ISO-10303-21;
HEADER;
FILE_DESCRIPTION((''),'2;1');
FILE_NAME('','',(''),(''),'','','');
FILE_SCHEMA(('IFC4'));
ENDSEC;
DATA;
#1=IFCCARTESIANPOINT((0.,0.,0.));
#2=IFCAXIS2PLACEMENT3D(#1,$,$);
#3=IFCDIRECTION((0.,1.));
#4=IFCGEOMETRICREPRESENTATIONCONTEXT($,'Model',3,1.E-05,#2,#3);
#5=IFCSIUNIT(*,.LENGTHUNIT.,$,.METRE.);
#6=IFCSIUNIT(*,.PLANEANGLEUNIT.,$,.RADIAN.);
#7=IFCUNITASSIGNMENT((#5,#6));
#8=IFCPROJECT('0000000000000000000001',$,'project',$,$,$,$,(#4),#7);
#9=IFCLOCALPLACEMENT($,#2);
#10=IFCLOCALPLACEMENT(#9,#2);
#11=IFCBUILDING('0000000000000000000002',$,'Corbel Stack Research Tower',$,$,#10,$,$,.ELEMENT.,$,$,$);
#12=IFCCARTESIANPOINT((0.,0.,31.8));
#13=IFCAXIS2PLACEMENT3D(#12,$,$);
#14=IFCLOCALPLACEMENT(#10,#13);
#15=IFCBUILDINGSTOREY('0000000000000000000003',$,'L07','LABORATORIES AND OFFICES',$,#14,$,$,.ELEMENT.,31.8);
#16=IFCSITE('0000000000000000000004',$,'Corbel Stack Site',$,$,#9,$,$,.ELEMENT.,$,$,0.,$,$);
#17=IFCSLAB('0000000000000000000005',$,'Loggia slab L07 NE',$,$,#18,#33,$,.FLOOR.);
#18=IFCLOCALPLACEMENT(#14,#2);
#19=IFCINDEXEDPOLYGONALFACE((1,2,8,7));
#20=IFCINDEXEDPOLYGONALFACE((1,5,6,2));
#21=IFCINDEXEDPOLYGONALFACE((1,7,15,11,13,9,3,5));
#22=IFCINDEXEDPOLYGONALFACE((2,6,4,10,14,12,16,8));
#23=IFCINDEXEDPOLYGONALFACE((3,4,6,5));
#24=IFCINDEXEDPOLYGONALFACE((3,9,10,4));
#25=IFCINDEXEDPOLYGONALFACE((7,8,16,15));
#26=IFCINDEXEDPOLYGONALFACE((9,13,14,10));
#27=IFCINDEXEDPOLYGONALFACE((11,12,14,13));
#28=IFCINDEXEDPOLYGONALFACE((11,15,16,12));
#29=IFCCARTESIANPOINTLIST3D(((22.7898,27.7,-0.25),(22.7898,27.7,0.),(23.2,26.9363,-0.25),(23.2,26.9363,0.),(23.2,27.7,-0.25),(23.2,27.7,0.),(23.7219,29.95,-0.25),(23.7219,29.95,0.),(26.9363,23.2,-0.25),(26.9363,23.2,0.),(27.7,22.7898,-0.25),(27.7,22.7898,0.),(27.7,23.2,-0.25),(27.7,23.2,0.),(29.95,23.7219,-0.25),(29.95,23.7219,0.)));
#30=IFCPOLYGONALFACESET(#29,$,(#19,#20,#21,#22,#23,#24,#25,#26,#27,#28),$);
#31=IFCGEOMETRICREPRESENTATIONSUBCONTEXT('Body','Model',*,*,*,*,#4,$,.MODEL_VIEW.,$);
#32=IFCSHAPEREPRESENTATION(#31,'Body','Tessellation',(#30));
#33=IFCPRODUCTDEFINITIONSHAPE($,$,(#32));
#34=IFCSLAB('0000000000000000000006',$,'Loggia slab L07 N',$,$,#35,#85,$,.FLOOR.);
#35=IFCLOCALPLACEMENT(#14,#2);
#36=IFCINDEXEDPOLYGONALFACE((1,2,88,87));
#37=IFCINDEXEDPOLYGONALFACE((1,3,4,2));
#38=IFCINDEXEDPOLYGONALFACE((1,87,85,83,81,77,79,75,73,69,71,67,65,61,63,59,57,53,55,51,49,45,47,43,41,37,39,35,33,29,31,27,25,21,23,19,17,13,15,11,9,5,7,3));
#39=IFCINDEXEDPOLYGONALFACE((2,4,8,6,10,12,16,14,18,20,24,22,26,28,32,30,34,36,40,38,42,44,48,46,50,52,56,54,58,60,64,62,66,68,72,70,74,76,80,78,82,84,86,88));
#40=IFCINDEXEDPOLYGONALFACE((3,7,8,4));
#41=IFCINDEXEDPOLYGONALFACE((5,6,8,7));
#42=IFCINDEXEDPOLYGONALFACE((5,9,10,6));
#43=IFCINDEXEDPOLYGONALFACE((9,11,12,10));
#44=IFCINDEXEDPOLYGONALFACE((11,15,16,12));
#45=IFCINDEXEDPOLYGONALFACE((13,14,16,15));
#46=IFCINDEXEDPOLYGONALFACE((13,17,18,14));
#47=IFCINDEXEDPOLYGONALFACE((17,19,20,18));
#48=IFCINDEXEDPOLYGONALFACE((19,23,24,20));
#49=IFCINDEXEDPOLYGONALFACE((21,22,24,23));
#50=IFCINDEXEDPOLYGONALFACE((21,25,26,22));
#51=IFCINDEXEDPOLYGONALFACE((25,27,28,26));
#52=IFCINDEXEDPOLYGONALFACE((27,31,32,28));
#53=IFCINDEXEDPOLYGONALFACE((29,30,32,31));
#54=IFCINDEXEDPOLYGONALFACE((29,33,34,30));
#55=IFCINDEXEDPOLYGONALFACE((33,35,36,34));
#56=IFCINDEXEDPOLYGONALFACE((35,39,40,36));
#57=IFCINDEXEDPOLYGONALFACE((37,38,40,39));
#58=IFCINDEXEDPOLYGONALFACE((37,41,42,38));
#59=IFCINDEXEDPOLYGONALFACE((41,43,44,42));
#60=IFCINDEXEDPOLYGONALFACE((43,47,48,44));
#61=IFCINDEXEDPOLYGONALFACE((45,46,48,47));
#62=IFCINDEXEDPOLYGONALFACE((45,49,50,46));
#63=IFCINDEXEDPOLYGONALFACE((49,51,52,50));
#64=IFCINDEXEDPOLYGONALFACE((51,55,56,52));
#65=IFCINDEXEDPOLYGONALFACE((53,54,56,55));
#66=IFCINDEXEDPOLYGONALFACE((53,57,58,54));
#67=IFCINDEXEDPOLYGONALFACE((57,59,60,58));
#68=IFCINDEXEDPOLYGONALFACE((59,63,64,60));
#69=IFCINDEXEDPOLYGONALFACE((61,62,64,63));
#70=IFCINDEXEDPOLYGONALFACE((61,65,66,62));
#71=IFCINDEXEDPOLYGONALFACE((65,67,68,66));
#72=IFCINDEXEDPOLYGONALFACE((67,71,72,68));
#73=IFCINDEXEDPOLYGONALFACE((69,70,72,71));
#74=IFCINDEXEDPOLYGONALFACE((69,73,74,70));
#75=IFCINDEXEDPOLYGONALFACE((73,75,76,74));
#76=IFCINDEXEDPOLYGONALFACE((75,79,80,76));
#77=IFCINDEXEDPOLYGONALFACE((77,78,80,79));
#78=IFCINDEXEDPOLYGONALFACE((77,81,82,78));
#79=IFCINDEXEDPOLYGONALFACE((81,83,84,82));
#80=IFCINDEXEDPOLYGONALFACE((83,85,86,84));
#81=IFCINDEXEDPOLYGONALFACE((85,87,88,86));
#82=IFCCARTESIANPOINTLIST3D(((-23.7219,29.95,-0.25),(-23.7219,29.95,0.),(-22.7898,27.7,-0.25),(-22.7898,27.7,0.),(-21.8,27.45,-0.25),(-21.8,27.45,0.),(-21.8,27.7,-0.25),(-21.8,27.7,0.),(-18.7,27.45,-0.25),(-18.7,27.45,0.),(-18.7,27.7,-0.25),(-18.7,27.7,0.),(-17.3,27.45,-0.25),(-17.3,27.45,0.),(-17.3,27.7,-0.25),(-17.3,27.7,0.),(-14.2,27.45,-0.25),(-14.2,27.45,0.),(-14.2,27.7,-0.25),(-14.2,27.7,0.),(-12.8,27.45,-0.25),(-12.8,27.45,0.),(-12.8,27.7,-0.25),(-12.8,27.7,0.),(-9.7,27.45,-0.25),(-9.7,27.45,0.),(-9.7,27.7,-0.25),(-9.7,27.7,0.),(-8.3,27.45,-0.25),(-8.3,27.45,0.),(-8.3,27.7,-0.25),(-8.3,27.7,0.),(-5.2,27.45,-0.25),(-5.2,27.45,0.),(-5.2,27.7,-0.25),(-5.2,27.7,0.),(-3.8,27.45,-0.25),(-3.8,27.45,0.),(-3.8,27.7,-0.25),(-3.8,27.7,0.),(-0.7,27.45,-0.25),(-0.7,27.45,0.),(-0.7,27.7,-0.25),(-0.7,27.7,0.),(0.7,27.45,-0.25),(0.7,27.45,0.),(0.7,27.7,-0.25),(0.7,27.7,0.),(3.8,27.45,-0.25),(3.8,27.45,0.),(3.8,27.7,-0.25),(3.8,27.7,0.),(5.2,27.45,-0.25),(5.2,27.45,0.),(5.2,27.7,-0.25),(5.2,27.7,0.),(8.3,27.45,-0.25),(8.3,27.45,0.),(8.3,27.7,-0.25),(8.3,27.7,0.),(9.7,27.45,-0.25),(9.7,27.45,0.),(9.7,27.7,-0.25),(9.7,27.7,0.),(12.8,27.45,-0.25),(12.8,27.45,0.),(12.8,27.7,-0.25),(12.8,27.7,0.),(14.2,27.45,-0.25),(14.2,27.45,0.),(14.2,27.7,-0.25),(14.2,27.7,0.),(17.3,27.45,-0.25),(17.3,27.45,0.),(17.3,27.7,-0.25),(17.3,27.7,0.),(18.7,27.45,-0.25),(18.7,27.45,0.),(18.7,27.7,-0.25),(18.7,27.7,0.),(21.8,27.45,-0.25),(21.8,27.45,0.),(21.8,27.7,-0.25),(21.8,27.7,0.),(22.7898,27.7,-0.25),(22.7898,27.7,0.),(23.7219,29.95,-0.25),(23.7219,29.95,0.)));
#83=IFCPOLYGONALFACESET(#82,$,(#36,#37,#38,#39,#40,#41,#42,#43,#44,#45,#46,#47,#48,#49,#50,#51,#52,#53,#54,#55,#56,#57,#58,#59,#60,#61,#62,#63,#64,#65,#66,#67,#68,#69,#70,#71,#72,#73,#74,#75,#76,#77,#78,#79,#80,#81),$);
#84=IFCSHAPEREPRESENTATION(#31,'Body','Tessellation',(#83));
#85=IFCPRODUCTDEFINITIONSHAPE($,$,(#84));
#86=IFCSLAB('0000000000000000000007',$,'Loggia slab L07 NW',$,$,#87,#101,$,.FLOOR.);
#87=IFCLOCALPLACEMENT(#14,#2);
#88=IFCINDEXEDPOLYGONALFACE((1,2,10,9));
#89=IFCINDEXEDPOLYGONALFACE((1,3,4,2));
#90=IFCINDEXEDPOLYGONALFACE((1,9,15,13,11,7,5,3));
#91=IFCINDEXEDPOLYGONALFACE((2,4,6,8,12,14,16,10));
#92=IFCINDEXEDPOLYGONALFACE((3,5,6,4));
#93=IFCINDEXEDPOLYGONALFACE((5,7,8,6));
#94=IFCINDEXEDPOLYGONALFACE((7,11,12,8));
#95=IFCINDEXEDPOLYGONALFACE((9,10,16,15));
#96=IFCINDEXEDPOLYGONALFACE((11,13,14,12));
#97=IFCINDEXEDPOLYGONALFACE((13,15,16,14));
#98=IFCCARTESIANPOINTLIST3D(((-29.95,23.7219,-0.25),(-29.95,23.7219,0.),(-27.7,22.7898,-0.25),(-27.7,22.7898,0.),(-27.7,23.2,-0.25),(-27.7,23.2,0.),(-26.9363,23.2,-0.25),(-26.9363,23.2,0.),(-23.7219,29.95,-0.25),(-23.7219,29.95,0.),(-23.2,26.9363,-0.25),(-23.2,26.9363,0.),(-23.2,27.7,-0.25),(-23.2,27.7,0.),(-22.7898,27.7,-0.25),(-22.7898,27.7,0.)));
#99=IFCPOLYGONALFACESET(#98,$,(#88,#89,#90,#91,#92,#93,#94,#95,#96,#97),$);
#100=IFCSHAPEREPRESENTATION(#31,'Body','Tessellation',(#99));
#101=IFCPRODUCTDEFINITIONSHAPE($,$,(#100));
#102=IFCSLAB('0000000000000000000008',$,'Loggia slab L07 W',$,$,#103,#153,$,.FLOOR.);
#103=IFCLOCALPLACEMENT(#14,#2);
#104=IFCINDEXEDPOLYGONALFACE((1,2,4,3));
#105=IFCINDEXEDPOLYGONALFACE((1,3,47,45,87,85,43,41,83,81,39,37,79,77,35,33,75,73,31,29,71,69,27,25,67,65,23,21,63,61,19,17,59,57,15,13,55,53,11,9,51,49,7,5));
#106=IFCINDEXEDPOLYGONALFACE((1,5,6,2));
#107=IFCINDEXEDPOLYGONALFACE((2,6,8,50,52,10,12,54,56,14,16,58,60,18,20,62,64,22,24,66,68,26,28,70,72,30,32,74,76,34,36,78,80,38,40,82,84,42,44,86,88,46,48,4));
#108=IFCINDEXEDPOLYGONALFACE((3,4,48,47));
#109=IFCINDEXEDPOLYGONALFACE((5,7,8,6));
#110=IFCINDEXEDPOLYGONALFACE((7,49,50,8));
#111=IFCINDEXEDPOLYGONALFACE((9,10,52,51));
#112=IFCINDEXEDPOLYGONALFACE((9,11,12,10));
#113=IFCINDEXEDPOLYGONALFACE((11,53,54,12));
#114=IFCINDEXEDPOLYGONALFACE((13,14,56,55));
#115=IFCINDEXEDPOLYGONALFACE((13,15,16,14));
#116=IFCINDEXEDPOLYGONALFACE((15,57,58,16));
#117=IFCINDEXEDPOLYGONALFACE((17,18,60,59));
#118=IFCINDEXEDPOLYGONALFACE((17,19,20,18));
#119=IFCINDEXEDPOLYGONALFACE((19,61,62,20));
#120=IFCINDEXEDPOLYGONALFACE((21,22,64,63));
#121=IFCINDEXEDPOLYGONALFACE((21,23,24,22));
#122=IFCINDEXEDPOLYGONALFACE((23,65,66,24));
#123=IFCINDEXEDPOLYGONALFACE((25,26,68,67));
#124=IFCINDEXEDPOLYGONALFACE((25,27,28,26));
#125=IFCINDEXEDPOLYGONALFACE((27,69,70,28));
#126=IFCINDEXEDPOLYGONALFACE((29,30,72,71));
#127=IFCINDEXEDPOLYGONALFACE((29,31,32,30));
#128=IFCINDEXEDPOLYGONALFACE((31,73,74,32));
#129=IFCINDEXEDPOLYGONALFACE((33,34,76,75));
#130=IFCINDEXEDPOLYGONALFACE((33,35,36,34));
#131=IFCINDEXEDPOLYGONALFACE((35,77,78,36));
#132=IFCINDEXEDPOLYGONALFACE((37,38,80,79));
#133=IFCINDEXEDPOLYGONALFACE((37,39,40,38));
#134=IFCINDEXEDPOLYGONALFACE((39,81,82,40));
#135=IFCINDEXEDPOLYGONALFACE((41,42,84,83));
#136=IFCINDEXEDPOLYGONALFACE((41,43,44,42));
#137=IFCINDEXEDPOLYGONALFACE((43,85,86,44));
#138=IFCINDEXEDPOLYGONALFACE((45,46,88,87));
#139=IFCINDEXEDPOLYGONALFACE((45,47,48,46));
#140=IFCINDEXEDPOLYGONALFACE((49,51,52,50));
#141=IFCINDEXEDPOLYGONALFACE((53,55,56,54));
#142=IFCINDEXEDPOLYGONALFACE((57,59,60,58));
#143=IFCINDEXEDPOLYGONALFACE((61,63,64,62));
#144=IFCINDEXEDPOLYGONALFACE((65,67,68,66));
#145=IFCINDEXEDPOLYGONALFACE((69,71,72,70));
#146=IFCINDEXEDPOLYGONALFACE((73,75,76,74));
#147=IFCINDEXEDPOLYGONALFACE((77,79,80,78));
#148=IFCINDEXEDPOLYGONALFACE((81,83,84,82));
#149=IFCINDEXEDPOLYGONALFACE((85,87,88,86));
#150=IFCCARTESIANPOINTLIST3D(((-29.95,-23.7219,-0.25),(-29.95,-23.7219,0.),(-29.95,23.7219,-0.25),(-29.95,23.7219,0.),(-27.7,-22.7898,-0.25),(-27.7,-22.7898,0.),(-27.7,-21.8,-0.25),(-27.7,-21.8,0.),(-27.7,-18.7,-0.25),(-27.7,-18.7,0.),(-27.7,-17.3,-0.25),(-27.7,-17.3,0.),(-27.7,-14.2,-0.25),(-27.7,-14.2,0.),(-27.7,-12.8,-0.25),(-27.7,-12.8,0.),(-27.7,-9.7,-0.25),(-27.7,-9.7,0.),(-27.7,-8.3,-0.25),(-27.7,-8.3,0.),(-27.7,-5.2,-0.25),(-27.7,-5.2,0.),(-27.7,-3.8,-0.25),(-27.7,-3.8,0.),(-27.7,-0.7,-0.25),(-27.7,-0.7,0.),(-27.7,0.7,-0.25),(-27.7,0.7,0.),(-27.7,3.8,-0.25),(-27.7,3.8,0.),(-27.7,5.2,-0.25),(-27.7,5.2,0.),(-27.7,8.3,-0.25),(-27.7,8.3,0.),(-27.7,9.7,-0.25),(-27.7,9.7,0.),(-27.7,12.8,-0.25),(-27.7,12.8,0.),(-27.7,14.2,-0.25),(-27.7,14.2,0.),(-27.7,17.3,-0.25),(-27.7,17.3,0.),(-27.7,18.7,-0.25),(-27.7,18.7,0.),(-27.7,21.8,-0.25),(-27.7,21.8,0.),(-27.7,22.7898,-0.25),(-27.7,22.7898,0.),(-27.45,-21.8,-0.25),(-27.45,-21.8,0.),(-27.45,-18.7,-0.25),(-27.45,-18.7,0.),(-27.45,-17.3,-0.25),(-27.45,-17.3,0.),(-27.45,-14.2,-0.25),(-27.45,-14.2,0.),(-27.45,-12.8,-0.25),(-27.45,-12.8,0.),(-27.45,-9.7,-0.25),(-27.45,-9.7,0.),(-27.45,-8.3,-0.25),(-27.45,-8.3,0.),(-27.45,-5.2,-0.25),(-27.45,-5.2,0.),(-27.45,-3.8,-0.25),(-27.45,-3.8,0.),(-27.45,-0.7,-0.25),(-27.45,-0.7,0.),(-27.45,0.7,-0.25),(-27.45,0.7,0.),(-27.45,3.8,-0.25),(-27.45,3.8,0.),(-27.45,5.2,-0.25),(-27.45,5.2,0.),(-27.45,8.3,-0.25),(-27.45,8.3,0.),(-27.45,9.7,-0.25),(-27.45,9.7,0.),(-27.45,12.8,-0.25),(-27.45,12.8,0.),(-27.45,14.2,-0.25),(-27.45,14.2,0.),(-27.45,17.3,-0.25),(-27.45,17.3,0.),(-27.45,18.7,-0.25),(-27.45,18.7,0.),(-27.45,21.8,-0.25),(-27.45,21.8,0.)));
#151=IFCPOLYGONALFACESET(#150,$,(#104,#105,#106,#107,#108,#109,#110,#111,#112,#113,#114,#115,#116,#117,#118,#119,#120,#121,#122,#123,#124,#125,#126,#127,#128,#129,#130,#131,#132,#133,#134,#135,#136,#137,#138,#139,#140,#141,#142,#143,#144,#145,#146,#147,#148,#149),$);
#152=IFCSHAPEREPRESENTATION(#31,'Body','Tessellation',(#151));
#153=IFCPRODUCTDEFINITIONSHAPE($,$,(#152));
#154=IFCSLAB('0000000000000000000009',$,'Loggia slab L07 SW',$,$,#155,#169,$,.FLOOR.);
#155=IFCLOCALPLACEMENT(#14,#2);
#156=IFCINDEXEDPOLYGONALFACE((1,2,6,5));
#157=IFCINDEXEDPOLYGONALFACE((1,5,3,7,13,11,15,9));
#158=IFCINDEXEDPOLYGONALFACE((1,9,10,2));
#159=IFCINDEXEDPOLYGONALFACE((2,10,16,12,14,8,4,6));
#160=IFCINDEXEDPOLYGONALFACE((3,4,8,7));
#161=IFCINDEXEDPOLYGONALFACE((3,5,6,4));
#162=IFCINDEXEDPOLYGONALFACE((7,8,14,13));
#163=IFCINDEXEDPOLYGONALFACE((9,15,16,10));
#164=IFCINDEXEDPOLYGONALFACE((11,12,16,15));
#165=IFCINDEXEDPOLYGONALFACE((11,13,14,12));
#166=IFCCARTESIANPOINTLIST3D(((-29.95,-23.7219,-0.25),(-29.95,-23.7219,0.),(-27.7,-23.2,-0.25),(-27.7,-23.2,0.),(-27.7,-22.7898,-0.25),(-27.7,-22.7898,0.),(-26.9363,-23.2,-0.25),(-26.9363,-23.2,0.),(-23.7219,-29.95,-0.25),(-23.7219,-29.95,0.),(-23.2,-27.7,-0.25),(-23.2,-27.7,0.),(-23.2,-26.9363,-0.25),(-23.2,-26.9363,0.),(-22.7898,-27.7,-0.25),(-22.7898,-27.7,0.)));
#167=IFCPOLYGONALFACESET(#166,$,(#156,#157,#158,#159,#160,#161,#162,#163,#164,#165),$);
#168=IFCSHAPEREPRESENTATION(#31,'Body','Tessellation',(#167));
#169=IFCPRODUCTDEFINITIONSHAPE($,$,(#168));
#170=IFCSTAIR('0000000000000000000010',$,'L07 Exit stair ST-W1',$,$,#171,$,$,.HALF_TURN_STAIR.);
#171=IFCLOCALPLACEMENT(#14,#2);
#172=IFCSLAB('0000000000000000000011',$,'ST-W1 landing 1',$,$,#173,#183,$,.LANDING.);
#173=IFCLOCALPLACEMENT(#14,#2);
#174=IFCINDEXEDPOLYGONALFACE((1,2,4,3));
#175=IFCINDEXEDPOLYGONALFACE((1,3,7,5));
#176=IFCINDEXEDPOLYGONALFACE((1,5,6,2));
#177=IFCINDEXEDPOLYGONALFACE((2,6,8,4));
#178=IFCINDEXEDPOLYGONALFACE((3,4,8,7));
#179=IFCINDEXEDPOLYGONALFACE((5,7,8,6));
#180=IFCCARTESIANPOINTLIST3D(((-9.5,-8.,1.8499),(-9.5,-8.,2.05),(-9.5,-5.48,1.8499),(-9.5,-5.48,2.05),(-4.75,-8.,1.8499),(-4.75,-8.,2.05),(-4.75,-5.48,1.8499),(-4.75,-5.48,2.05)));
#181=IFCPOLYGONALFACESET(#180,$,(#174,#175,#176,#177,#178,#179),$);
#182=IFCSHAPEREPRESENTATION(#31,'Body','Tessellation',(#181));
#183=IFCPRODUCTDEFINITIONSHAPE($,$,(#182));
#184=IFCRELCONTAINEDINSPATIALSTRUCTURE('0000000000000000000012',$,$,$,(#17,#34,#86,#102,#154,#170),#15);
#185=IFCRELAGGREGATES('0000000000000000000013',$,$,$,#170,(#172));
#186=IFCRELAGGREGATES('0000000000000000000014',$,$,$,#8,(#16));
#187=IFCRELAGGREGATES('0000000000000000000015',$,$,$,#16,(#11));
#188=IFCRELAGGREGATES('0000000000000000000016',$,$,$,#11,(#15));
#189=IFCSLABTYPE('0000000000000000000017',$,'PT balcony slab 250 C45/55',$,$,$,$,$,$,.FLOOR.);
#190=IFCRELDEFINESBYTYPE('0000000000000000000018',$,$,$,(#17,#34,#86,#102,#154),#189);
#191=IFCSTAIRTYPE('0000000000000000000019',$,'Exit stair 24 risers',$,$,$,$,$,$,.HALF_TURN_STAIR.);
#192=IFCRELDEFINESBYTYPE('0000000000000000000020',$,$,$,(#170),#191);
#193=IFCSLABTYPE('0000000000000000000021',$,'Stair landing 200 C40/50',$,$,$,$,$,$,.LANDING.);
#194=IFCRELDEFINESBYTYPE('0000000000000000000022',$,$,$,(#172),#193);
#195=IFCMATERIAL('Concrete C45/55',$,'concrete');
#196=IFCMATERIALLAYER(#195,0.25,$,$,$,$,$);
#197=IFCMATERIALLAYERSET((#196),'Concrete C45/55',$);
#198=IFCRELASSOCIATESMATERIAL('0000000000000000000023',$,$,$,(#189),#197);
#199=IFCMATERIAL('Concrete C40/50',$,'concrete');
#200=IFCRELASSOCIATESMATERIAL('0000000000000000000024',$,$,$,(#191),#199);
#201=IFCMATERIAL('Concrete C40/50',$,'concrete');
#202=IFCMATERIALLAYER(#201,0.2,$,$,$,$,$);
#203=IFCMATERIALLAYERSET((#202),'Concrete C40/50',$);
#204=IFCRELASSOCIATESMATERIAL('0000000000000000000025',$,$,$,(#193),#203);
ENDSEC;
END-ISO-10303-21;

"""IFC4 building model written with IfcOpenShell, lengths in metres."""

from ifc_helpers import new_model, si_unit, direction, frame, origin, place, context, subcontext, project, spatial, polyline, outline, extrude, material, layer, layer_set, type_object, element, aggregate, save


model = new_model("IFC4")

# Units and contexts
model_context = context("Model", 3, precision=1e-05, world=origin(), true_north=direction((0.0, 1.0)))
body_context = subcontext(model_context, "Body", "Model", "MODEL_VIEW")
ifc_project = project(units=[si_unit("LENGTHUNIT", "METRE"), si_unit("PLANEANGLEUNIT", "RADIAN")], contexts=[model_context])

# Site, building, storey
site_placement = place(None, origin())
site = spatial("IfcSite", under=ifc_project, at=site_placement, Name="Corbel Stack Site", CompositionType="ELEMENT", RefElevation=0.0)
building_placement = place(site_placement, origin())
building = spatial("IfcBuilding", under=site, at=building_placement, Name="Corbel Stack Research Tower", CompositionType="ELEMENT")
storey_placement = place(building_placement, frame((0.0, 0.0, 31.8)))
storey = spatial("IfcBuildingStorey", under=building, at=storey_placement, Name="L07", Description="LABORATORIES AND OFFICES", CompositionType="ELEMENT", Elevation=31.8)

# Slabs
ifc_material_1 = material(Name="Concrete C45/55", Category="concrete")
ifc_layer_1 = layer(ifc_material_1, 0.25)
ifc_layer_set_1 = layer_set([ifc_layer_1], Name="Concrete C45/55")
slab_type_1 = type_object("IfcSlabType", Name="PT balcony slab 250 C45/55", PredefinedType="FLOOR", material=ifc_layer_set_1)
slab_1_placement = place(storey_placement, frame((0.0, 0.0, -0.25)))
element("IfcSlab", 1, at=slab_1_placement, inside=storey, type_object=slab_type_1, Name="Loggia slab L07 NE", PredefinedType="FLOOR", context=body_context, shape_type="SweptSolid", body=[
    extrude(outline(polyline([(22.7898, 27.7), (23.2, 27.7), (23.2, 26.9363), (26.9363, 23.2), (27.7, 23.2), (27.7, 22.7898), (29.95, 23.7219), (23.7219, 29.95), (22.7898, 27.7)])), origin(), (0.0, 0.0, 1.0), 0.25),
])
slab_2_placement = place(storey_placement, frame((0.0, 0.0, -0.25)))
element("IfcSlab", 2, at=slab_2_placement, inside=storey, type_object=slab_type_1, Name="Loggia slab L07 N", PredefinedType="FLOOR", context=body_context, shape_type="SweptSolid", body=[
    extrude(outline(polyline([(-22.7898, 27.7), (-21.8, 27.7), (-21.8, 27.45), (-18.7, 27.45), (-18.7, 27.7), (-17.3, 27.7), (-17.3, 27.45), (-14.2, 27.45), (-14.2, 27.7), (-12.8, 27.7), (-12.8, 27.45), (-9.7, 27.45), (-9.7, 27.7), (-8.3, 27.7), (-8.3, 27.45), (-5.2, 27.45), (-5.2, 27.7), (-3.8, 27.7), (-3.8, 27.45), (-0.7, 27.45), (-0.7, 27.7), (0.7, 27.7), (0.7, 27.45), (3.8, 27.45), (3.8, 27.7), (5.2, 27.7), (5.2, 27.45), (8.3, 27.45), (8.3, 27.7), (9.7, 27.7), (9.7, 27.45), (12.8, 27.45), (12.8, 27.7), (14.2, 27.7), (14.2, 27.45), (17.3, 27.45), (17.3, 27.7), (18.7, 27.7), (18.7, 27.45), (21.8, 27.45), (21.8, 27.7), (22.7898, 27.7), (23.7219, 29.95), (-23.7219, 29.95), (-22.7898, 27.7)])), origin(), (0.0, 0.0, 1.0), 0.25),
])
slab_3_placement = place(storey_placement, frame((0.0, 0.0, -0.25)))
element("IfcSlab", 3, at=slab_3_placement, inside=storey, type_object=slab_type_1, Name="Loggia slab L07 NW", PredefinedType="FLOOR", context=body_context, shape_type="SweptSolid", body=[
    extrude(outline(polyline([(-27.7, 22.7898), (-27.7, 23.2), (-26.9363, 23.2), (-23.2, 26.9363), (-23.2, 27.7), (-22.7898, 27.7), (-23.7219, 29.95), (-29.95, 23.7219), (-27.7, 22.7898)])), origin(), (0.0, 0.0, 1.0), 0.25),
])
slab_4_placement = place(storey_placement, frame((0.0, 0.0, -0.25)))
element("IfcSlab", 4, at=slab_4_placement, inside=storey, type_object=slab_type_1, Name="Loggia slab L07 W", PredefinedType="FLOOR", context=body_context, shape_type="SweptSolid", body=[
    extrude(outline(polyline([(-27.7, -22.7898), (-27.7, -21.8), (-27.45, -21.8), (-27.45, -18.7), (-27.7, -18.7), (-27.7, -17.3), (-27.45, -17.3), (-27.45, -14.2), (-27.7, -14.2), (-27.7, -12.8), (-27.45, -12.8), (-27.45, -9.7), (-27.7, -9.7), (-27.7, -8.3), (-27.45, -8.3), (-27.45, -5.2), (-27.7, -5.2), (-27.7, -3.8), (-27.45, -3.8), (-27.45, -0.7), (-27.7, -0.7), (-27.7, 0.7), (-27.45, 0.7), (-27.45, 3.8), (-27.7, 3.8), (-27.7, 5.2), (-27.45, 5.2), (-27.45, 8.3), (-27.7, 8.3), (-27.7, 9.7), (-27.45, 9.7), (-27.45, 12.8), (-27.7, 12.8), (-27.7, 14.2), (-27.45, 14.2), (-27.45, 17.3), (-27.7, 17.3), (-27.7, 18.7), (-27.45, 18.7), (-27.45, 21.8), (-27.7, 21.8), (-27.7, 22.7898), (-29.95, 23.7219), (-29.95, -23.7219), (-27.7, -22.7898)])), origin(), (0.0, 0.0, 1.0), 0.25),
])
slab_5_placement = place(storey_placement, frame((0.0, 0.0, -0.25)))
element("IfcSlab", 5, at=slab_5_placement, inside=storey, type_object=slab_type_1, Name="Loggia slab L07 SW", PredefinedType="FLOOR", context=body_context, shape_type="SweptSolid", body=[
    extrude(outline(polyline([(-22.7898, -27.7), (-23.2, -27.7), (-23.2, -26.9363), (-26.9363, -23.2), (-27.7, -23.2), (-27.7, -22.7898), (-29.95, -23.7219), (-23.7219, -29.95), (-22.7898, -27.7)])), origin(), (0.0, 0.0, 1.0), 0.25),
])

# Stair, slab
ifc_material_2 = material(Name="Concrete C40/50", Category="concrete")
stair_type = type_object("IfcStairType", Name="Exit stair 24 risers", PredefinedType="HALF_TURN_STAIR", material=ifc_material_2)
stair_1_placement = place(storey_placement, origin())
stair_1 = element("IfcStair", 6, at=stair_1_placement, inside=storey, type_object=stair_type, Name="L07 Exit stair ST-W1", PredefinedType="HALF_TURN_STAIR")
ifc_material_3 = material(Name="Concrete C40/50", Category="concrete")
ifc_layer_2 = layer(ifc_material_3, 0.2)
ifc_layer_set_2 = layer_set([ifc_layer_2], Name="Concrete C40/50")
slab_type_2 = type_object("IfcSlabType", Name="Stair landing 200 C40/50", PredefinedType="LANDING", material=ifc_layer_set_2)
slab_6_placement = place(storey_placement, frame((0.0, 0.0, 1.8499)))
slab_6 = element("IfcSlab", 7, at=slab_6_placement, type_object=slab_type_2, Name="ST-W1 landing 1", PredefinedType="LANDING", context=body_context, shape_type="SweptSolid", body=[
    extrude(outline(polyline([(-9.5, -8.0), (-9.5, -5.48), (-4.75, -5.48), (-4.75, -8.0), (-9.5, -8.0)])), origin(), (0.0, 0.0, 1.0), 0.2002),
])
aggregate(stair_1, [slab_6])

save(model, "model.ifc")
